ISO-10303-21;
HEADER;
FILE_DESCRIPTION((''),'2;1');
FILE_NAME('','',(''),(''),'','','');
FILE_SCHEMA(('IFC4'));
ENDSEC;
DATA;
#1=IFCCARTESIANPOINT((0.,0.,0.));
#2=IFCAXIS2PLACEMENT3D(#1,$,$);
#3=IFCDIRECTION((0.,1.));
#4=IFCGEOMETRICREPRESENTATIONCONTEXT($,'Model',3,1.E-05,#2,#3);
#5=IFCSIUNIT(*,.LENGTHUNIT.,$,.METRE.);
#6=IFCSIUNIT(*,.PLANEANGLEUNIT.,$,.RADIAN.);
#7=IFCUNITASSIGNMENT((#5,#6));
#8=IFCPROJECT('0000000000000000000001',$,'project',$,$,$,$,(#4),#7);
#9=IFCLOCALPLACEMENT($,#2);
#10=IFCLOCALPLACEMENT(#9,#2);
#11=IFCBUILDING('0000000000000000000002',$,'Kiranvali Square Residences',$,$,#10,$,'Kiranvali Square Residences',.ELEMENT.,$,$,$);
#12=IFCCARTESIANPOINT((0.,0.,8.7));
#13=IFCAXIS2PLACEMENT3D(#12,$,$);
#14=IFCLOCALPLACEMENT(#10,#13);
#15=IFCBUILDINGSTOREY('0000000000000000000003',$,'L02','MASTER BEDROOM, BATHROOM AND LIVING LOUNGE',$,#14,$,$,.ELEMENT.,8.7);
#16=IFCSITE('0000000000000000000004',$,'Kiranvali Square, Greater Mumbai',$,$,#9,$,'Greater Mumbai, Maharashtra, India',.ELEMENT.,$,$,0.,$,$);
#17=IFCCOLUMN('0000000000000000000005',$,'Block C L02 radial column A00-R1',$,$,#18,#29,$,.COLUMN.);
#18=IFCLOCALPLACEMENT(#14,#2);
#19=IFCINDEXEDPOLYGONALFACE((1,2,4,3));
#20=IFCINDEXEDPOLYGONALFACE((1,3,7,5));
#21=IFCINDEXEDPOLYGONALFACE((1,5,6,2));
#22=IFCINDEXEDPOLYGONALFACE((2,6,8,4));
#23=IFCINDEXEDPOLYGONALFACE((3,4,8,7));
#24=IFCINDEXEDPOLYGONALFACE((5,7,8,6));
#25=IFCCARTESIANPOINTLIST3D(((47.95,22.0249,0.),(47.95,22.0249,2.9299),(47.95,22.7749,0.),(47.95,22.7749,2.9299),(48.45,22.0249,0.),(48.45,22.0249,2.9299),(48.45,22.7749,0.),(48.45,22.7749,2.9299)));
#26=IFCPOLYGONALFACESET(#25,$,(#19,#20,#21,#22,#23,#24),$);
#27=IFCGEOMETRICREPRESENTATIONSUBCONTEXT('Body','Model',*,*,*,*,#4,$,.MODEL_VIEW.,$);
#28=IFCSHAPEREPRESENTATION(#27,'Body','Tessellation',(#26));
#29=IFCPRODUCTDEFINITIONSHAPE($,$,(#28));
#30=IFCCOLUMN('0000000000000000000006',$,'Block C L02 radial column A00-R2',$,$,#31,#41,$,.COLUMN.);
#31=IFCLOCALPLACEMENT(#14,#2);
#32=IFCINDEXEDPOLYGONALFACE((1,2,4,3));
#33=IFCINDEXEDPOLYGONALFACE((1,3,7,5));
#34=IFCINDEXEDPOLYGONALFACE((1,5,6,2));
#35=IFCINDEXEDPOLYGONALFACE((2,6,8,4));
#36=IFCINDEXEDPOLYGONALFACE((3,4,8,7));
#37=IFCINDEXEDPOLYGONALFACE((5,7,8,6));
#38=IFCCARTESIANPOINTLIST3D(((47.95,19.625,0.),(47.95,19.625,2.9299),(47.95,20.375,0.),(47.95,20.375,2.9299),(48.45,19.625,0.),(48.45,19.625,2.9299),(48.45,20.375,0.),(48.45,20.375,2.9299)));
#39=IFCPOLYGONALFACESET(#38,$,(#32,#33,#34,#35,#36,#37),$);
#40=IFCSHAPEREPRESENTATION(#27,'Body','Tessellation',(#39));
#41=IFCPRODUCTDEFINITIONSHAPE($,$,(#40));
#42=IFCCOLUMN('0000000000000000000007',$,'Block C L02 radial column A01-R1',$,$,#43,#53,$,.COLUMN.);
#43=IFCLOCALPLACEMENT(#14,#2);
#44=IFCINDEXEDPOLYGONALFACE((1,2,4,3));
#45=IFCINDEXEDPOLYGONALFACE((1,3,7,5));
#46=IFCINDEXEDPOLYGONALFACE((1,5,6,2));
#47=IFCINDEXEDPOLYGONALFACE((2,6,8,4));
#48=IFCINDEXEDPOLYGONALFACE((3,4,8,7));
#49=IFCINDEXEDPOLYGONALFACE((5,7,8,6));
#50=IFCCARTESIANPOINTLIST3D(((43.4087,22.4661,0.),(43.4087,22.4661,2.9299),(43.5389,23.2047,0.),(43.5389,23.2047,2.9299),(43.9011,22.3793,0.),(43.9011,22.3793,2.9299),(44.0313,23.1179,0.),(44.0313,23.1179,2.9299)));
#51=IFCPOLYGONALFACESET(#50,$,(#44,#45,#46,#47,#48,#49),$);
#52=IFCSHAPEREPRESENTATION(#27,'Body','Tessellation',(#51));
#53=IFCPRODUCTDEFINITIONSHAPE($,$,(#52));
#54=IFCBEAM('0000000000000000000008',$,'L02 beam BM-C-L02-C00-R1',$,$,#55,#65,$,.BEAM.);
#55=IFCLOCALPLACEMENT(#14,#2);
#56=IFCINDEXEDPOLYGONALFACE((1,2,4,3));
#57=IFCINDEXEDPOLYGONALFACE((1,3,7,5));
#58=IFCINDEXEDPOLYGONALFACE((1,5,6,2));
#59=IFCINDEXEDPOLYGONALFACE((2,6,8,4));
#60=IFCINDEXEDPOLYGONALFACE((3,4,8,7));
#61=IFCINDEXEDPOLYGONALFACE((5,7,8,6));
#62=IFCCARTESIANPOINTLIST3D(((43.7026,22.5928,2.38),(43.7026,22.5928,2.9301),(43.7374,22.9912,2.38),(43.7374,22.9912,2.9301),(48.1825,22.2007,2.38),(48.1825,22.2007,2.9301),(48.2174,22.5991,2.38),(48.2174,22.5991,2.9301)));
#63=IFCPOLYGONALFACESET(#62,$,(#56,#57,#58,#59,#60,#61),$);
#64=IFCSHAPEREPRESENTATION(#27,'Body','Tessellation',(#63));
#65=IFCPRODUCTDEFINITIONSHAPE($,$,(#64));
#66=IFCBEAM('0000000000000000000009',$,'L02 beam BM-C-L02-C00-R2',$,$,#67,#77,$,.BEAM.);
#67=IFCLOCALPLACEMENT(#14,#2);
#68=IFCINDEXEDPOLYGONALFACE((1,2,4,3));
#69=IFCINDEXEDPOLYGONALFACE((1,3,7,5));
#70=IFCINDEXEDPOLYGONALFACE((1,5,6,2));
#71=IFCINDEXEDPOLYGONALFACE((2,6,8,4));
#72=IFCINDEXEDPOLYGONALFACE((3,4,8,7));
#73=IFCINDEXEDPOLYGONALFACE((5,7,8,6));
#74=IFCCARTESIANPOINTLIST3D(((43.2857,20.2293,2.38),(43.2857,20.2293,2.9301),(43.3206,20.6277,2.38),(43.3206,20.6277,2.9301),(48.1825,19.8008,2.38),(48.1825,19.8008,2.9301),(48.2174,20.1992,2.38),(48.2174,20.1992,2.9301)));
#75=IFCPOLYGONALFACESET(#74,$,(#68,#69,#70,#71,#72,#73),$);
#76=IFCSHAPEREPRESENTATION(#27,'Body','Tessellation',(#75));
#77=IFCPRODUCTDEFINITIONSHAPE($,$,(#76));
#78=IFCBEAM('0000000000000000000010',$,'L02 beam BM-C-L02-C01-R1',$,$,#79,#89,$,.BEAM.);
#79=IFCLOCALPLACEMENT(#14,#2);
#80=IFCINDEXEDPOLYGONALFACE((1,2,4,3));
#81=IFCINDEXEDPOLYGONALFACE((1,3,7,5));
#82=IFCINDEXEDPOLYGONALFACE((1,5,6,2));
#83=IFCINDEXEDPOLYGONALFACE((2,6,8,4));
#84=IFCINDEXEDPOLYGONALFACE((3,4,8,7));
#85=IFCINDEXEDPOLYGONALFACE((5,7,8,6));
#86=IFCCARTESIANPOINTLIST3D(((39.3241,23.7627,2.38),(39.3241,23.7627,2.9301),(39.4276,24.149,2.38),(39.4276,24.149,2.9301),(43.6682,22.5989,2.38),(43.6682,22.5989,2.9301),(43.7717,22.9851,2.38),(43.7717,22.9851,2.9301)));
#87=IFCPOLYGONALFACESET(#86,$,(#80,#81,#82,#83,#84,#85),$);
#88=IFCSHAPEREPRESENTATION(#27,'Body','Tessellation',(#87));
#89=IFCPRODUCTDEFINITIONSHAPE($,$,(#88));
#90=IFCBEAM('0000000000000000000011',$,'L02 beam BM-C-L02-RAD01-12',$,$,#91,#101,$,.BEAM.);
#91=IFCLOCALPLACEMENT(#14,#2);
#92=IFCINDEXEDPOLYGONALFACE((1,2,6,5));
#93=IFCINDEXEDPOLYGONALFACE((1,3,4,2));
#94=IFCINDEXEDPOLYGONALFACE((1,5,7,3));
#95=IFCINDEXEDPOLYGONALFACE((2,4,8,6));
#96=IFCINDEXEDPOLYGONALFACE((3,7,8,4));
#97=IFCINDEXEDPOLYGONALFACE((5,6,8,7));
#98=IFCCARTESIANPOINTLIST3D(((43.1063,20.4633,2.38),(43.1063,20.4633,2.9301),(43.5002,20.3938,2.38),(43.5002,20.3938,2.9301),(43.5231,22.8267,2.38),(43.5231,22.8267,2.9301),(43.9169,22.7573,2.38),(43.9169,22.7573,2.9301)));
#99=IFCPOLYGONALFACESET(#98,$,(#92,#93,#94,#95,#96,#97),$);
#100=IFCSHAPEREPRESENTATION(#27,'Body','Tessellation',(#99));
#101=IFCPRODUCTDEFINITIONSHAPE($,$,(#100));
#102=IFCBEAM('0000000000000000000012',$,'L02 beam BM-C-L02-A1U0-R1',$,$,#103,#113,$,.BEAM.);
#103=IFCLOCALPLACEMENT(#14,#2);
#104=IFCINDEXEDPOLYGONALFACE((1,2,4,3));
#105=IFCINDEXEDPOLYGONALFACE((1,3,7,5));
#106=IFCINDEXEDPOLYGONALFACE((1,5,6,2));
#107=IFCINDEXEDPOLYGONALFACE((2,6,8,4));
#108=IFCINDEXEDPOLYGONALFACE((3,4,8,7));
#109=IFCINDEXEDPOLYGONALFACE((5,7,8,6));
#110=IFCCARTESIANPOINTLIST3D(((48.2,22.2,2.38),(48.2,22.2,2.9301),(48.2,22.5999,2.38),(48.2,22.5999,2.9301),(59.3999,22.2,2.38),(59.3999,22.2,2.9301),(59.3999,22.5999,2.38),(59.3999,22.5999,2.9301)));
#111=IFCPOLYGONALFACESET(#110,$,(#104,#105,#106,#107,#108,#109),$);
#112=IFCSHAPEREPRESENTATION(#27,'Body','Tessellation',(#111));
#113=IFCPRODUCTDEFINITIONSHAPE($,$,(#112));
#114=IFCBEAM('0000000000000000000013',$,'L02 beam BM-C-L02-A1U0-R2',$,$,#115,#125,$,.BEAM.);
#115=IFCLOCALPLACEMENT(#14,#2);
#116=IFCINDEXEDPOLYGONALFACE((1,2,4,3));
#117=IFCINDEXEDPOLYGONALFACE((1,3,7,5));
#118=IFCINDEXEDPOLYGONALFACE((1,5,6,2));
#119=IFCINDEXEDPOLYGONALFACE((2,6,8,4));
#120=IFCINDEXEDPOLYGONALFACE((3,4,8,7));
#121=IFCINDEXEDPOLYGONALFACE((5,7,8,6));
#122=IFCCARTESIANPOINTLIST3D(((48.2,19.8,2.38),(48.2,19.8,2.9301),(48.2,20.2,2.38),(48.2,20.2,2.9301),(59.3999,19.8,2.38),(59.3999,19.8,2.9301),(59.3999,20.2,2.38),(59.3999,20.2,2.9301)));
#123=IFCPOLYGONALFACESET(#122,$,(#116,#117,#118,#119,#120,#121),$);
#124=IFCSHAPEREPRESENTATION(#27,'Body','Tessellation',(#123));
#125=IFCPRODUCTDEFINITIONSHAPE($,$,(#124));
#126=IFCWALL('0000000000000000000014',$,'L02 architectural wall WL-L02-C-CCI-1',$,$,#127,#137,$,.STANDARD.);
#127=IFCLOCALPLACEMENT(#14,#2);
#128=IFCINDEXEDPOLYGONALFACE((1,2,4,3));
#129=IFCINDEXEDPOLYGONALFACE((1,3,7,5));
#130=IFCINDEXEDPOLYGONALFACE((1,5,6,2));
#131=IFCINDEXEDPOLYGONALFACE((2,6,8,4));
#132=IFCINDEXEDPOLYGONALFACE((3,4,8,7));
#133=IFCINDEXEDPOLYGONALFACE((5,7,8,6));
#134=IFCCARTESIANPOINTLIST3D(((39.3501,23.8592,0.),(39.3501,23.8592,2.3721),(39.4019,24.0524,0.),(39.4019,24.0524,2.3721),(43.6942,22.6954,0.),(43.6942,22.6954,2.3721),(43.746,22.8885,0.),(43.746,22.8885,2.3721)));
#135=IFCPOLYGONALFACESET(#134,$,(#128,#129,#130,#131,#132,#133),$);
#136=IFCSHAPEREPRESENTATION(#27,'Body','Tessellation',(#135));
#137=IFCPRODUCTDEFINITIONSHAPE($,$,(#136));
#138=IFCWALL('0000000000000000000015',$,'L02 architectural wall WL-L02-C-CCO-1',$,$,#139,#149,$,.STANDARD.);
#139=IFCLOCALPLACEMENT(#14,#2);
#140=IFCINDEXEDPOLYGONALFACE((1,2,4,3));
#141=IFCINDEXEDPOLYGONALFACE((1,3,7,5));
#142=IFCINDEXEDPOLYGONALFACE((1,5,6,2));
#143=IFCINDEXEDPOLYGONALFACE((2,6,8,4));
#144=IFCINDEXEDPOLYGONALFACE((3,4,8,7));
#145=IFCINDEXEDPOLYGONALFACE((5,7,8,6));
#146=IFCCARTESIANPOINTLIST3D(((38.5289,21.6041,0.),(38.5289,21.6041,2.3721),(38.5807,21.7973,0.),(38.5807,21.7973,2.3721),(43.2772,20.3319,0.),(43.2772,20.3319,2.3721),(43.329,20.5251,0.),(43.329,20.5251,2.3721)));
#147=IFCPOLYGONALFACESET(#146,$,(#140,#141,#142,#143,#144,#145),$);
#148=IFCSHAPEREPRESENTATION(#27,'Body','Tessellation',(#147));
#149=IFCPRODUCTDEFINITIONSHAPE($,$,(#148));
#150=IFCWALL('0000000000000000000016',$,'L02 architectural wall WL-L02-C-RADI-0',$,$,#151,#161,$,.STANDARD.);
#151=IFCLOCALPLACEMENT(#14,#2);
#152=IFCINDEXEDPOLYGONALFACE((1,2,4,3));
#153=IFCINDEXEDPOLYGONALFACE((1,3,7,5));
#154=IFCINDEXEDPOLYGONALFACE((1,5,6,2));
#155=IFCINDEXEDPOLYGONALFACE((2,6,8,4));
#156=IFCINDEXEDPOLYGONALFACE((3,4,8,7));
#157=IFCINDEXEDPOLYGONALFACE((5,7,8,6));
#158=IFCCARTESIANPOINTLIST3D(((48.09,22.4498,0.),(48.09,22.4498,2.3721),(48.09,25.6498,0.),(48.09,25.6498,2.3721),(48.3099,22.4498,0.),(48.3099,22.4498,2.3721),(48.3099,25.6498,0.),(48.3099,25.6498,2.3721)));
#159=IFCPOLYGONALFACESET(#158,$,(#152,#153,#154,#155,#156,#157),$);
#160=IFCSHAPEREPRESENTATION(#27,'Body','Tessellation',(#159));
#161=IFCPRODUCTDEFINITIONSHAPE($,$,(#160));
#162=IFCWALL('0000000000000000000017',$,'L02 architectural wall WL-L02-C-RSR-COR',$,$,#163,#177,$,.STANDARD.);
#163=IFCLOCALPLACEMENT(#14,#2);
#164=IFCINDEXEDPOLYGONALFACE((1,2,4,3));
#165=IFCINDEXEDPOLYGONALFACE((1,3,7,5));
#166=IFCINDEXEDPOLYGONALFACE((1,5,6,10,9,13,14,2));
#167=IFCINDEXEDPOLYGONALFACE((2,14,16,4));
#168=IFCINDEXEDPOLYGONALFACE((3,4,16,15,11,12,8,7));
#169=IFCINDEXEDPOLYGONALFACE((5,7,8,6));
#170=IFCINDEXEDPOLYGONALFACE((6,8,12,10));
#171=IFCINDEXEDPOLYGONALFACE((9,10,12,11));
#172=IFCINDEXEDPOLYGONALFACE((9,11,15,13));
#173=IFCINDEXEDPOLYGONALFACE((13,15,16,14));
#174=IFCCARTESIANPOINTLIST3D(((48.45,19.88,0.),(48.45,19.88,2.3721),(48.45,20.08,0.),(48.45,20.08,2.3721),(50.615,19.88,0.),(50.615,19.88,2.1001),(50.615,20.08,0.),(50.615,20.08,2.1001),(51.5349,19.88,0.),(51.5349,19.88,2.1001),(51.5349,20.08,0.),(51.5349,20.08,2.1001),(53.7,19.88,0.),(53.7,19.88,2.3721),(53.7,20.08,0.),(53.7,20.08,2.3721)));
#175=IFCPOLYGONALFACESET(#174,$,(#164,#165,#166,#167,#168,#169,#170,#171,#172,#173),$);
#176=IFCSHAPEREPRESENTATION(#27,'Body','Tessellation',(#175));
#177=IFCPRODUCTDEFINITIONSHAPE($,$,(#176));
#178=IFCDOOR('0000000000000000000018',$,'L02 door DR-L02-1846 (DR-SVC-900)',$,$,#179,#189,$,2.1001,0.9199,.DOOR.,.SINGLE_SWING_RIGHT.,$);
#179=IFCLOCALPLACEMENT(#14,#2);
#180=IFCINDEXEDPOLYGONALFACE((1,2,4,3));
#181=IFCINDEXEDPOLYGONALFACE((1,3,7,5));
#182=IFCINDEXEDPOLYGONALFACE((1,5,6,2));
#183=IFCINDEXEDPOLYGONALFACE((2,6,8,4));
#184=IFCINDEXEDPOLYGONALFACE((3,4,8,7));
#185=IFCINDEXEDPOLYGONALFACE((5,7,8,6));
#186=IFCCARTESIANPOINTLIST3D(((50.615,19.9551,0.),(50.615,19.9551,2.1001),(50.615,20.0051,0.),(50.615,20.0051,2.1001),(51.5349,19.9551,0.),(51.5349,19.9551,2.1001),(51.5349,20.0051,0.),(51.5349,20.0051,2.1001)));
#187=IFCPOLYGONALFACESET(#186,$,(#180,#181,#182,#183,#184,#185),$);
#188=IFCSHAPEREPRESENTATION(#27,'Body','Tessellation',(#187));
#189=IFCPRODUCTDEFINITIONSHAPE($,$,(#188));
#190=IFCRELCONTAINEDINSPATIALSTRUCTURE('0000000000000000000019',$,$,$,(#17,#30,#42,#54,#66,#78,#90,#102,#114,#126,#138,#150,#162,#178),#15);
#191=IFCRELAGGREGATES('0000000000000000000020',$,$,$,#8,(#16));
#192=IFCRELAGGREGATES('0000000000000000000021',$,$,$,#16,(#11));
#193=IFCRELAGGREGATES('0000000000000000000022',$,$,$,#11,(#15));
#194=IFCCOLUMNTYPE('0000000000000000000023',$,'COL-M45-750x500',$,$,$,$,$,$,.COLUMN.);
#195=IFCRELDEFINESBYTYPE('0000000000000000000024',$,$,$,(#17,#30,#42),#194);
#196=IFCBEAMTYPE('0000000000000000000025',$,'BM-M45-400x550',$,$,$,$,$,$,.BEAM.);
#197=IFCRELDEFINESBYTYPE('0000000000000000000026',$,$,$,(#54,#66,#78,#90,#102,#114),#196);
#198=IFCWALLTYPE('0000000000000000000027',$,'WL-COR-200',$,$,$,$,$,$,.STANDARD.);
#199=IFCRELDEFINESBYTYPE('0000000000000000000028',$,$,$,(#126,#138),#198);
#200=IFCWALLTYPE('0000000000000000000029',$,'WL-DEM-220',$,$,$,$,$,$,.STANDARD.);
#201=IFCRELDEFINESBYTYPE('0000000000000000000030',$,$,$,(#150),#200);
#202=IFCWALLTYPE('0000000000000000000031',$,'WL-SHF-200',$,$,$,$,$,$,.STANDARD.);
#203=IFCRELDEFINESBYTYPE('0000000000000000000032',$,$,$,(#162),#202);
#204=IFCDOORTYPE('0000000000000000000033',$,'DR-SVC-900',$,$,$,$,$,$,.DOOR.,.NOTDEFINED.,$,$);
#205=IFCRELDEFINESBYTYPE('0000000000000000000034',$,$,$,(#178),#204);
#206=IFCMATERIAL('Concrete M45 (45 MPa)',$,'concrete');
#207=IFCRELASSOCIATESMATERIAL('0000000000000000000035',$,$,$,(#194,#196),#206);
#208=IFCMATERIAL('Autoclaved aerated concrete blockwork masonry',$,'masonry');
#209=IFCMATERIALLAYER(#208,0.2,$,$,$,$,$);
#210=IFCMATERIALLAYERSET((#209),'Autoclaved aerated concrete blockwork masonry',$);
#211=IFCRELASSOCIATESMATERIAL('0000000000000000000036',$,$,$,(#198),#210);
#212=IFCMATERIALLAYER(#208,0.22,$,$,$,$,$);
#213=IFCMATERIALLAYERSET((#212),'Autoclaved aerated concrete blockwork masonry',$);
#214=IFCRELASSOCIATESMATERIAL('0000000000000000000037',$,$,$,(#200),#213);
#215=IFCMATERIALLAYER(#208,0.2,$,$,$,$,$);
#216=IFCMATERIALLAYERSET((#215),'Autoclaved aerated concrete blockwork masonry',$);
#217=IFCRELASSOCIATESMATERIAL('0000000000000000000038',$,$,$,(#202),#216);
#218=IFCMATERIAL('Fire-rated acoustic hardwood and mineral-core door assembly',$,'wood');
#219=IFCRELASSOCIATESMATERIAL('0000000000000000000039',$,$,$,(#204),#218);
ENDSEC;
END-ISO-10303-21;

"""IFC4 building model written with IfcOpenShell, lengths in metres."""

from ifc_helpers import new_model, si_unit, direction, frame, frame_2d, origin, origin_2d, place, context, subcontext, project, spatial, rectangle, extrude, material, layer, layer_set, material_profile, profile_set, type_object, element, fill, save


model = new_model("IFC4")

# Units and contexts
model_context = context("Model", 3, precision=1e-05, world=origin(), true_north=direction((0.0, 1.0)))
body_context = subcontext(model_context, "Body", "Model", "MODEL_VIEW")
ifc_project = project(units=[si_unit("LENGTHUNIT", "METRE"), si_unit("PLANEANGLEUNIT", "RADIAN")], contexts=[model_context])

# Site, building, storey
site_placement = place(None, origin())
site = spatial("IfcSite", under=ifc_project, at=site_placement, Name="Kiranvali Square, Greater Mumbai", LongName="Greater Mumbai, Maharashtra, India", CompositionType="ELEMENT", RefElevation=0.0)
building_placement = place(site_placement, origin())
building = spatial("IfcBuilding", under=site, at=building_placement, Name="Kiranvali Square Residences", LongName="Kiranvali Square Residences", CompositionType="ELEMENT")
storey_placement = place(building_placement, frame((0.0, 0.0, 8.7)))
storey = spatial("IfcBuildingStorey", under=building, at=storey_placement, Name="L02", Description="MASTER BEDROOM, BATHROOM AND LIVING LOUNGE", CompositionType="ELEMENT", Elevation=8.7)

# Columns
ifc_material_1 = material(Name="Concrete M45 (45 MPa)", Category="concrete")
ifc_material_profile_1 = material_profile(ifc_material_1, rectangle(XDim=0.5, YDim=0.75, at=origin_2d()), Name="RC 750x500")
ifc_profile_set_1 = profile_set([ifc_material_profile_1], Name="Concrete M45 (45 MPa)")
column_type = type_object("IfcColumnType", Name="COL-M45-750x500", PredefinedType="COLUMN", material=ifc_profile_set_1)
for number, where, z_axis, x_axis, name in (
    (1, (48.2, 22.3999, 0.0), (0.0, 0.0, 1.0), (1.0, 0.0, 0.0), "Block C L02 radial column A00-R1"),
    (2, (48.2, 20.0, 0.0), (0.0, 0.0, 1.0), (1.0, 0.0, 0.0), "Block C L02 radial column A00-R2"),
    (3, (43.72, 22.792, 0.0), (0.0, 0.0, 1.0), (-0.984808, 0.173648, 0.0), "Block C L02 radial column A01-R1"),
):
    element("IfcColumn", number, at=place(storey_placement, frame(where, z_axis=z_axis, x_axis=x_axis)), inside=storey, type_object=column_type, Name=name, PredefinedType="COLUMN", context=body_context, shape_type="SweptSolid", body=[
        extrude(rectangle(XDim=0.5, YDim=0.75, at=origin_2d()), origin(), (0.0, 0.0, 1.0), 2.9299),
    ])

# Beams
ifc_material_profile_2 = material_profile(ifc_material_1, rectangle(XDim=0.3999, YDim=0.55, at=origin_2d()), Name="RC 400x550")
ifc_profile_set_2 = profile_set([ifc_material_profile_2], Name="Concrete M45 (45 MPa)")
beam_type = type_object("IfcBeamType", Name="BM-M45-400x550", PredefinedType="BEAM", material=ifc_profile_set_2)
beam_1_placement = place(storey_placement, frame((48.2, 22.3999, 2.655), z_axis=(-0.996192, 0.087187, 0.0), x_axis=(-0.087187, -0.996192, 0.0)))
element("IfcBeam", 4, at=beam_1_placement, inside=storey, type_object=beam_type, Name="L02 beam BM-C-L02-C00-R1", PredefinedType="BEAM", context=body_context, shape_type="SweptSolid", body=[
    extrude(rectangle(XDim=0.3999, YDim=0.55, at=origin_2d()), origin(), (0.0, 0.0, 1.0), 4.4971),
])
beam_2_placement = place(storey_placement, frame((48.2, 20.0, 2.655), z_axis=(-0.996194, 0.087168, 0.0), x_axis=(-0.087168, -0.996194, 0.0)))
element("IfcBeam", 5, at=beam_2_placement, inside=storey, type_object=beam_type, Name="L02 beam BM-C-L02-C00-R2", PredefinedType="BEAM", context=body_context, shape_type="SweptSolid", body=[
    extrude(rectangle(XDim=0.3999, YDim=0.55, at=origin_2d()), origin(), (0.0, 0.0, 1.0), 4.9155),
])
beam_3_placement = place(storey_placement, frame((43.72, 22.792, 2.655), z_axis=(-0.965934, 0.258788, 0.0), x_axis=(-0.258788, -0.965934, 0.0)))
element("IfcBeam", 6, at=beam_3_placement, inside=storey, type_object=beam_type, Name="L02 beam BM-C-L02-C01-R1", PredefinedType="BEAM", context=body_context, shape_type="SweptSolid", body=[
    extrude(rectangle(XDim=0.3999, YDim=0.55, at=origin_2d()), origin(), (0.0, 0.0, 1.0), 4.4973),
])
beam_4_placement = place(storey_placement, frame((43.72, 22.792, 2.655), z_axis=(-0.173646, -0.984808, 0.0), x_axis=(0.984808, -0.173646, 0.0)))
element("IfcBeam", 7, at=beam_4_placement, inside=storey, type_object=beam_type, Name="L02 beam BM-C-L02-RAD01-12", PredefinedType="BEAM", context=body_context, shape_type="SweptSolid", body=[
    extrude(rectangle(XDim=0.3999, YDim=0.55, at=origin_2d()), origin(), (0.0, 0.0, 1.0), 2.3999),
])
for number, where, z_axis, x_axis, name in (
    (8, (48.2, 22.3999, 2.655), (1.0, 0.0, 0.0), (0.0, 1.0, 0.0), "L02 beam BM-C-L02-A1U0-R1"),
    (9, (48.2, 20.0, 2.655), (1.0, 0.0, 0.0), (0.0, 1.0, 0.0), "L02 beam BM-C-L02-A1U0-R2"),
):
    element("IfcBeam", number, at=place(storey_placement, frame(where, z_axis=z_axis, x_axis=x_axis)), inside=storey, type_object=beam_type, Name=name, PredefinedType="BEAM", context=body_context, shape_type="SweptSolid", body=[
        extrude(rectangle(XDim=0.3999, YDim=0.55, at=origin_2d()), origin(), (0.0, 0.0, 1.0), 11.2),
    ])

# Shared definitions
ifc_material_2 = material(Name="Autoclaved aerated concrete blockwork masonry", Category="masonry")
ifc_layer_1 = layer(ifc_material_2, 0.2)
ifc_layer_set_1 = layer_set([ifc_layer_1], Name="Autoclaved aerated concrete blockwork masonry")
wall_type_1 = type_object("IfcWallType", Name="WL-COR-200", PredefinedType="STANDARD", material=ifc_layer_set_1)
ifc_material_3 = material(Name="Fire-rated acoustic hardwood and mineral-core door assembly", Category="wood")

# Walls
wall_1_placement = place(storey_placement, frame((43.72, 22.792, 0.0), z_axis=(0.0, 0.0, 1.0), x_axis=(-0.965934, 0.258788, 0.0)))
element("IfcWall", 10, at=wall_1_placement, inside=storey, type_object=wall_type_1, Name="L02 architectural wall WL-L02-C-CCI-1", PredefinedType="STANDARD", context=body_context, shape_type="SweptSolid", body=[
    extrude(rectangle(XDim=4.4973, YDim=0.2, at=frame_2d((2.2485, 0.0))), origin(), (0.0, 0.0, 1.0), 2.3721),
])
wall_2_placement = place(storey_placement, frame((43.3032, 20.4285, 0.0), z_axis=(0.0, 0.0, 1.0), x_axis=(-0.96593, 0.258803, 0.0)))
element("IfcWall", 11, at=wall_2_placement, inside=storey, type_object=wall_type_1, Name="L02 architectural wall WL-L02-C-CCO-1", PredefinedType="STANDARD", context=body_context, shape_type="SweptSolid", body=[
    extrude(rectangle(XDim=4.9158, YDim=0.2, at=frame_2d((2.458, 0.0))), origin(), (0.0, 0.0, 1.0), 2.3721),
])
ifc_layer_2 = layer(ifc_material_2, 0.22)
ifc_layer_set_2 = layer_set([ifc_layer_2], Name="Autoclaved aerated concrete blockwork masonry")
wall_type_2 = type_object("IfcWallType", Name="WL-DEM-220", PredefinedType="STANDARD", material=ifc_layer_set_2)
wall_3_placement = place(storey_placement, frame((48.2, 25.6499, 0.0), z_axis=(0.0, 0.0, 1.0), x_axis=(0.0, -1.0, 0.0)))
element("IfcWall", 12, at=wall_3_placement, inside=storey, type_object=wall_type_2, Name="L02 architectural wall WL-L02-C-RADI-0", PredefinedType="STANDARD", context=body_context, shape_type="SweptSolid", body=[
    extrude(rectangle(XDim=3.2, YDim=0.22, at=frame_2d((1.6001, 0.0))), origin(), (0.0, 0.0, 1.0), 2.3721),
])

# Wall, opening, door
ifc_layer_3 = layer(ifc_material_2, 0.2)
ifc_layer_set_3 = layer_set([ifc_layer_3], Name="Autoclaved aerated concrete blockwork masonry")
wall_type_3 = type_object("IfcWallType", Name="WL-SHF-200", PredefinedType="STANDARD", material=ifc_layer_set_3)
wall_4_placement = place(storey_placement, frame((48.45, 19.98, 0.0), z_axis=(0.0, 0.0, 1.0), x_axis=(1.0, 0.0, 0.0)))
wall_4 = element("IfcWall", 13, at=wall_4_placement, inside=storey, type_object=wall_type_3, Name="L02 architectural wall WL-L02-C-RSR-COR", PredefinedType="STANDARD", context=body_context, shape_type="SweptSolid", body=[
    extrude(rectangle(XDim=5.25, YDim=0.2, at=frame_2d((2.625, 0.0))), origin(), (0.0, 0.0, 1.0), 2.3721),
])
opening_1_placement = place(wall_4_placement, frame((2.165, 0.0, 0.0)))
opening_1 = element("IfcOpeningElement", 14, at=opening_1_placement, cuts=wall_4, PredefinedType="OPENING", context=body_context, shape_type="SweptSolid", body=[
    extrude(rectangle(XDim=0.9199, YDim=2.1001, at=frame_2d((0.46, 1.05))), frame((0.0, 0.1099, 0.0), z_axis=(0.0, -1.0, 0.0), x_axis=(1.0, 0.0, 0.0)), (0.0, 0.0, 1.0), 0.22),
])
door_type_1 = type_object("IfcDoorType", Name="DR-SVC-900", OperationType="NOTDEFINED", PredefinedType="DOOR", material=ifc_material_3)
door_1_placement = place(opening_1_placement, frame((0.9199, 0.0, 0.0), z_axis=(0.0, 0.0, 1.0), x_axis=(-1.0, 0.0, 0.0)))
door_1 = element("IfcDoor", 15, at=door_1_placement, inside=storey, type_object=door_type_1, Name="L02 door DR-L02-1846 (DR-SVC-900)", OperationType="SINGLE_SWING_RIGHT", OverallHeight=2.1001, OverallWidth=0.9199, PredefinedType="DOOR", context=body_context, shape_type="SweptSolid", body=[
    extrude(rectangle(XDim=0.9199, YDim=2.1001, at=frame_2d((0.46, 1.05))), frame((0.0, 0.0249, 0.0), z_axis=(0.0, -1.0, 0.0), x_axis=(1.0, 0.0, 0.0)), (0.0, 0.0, 1.0), 0.05),
])
fill(opening_1, door_1)

save(model, "model.ifc")
